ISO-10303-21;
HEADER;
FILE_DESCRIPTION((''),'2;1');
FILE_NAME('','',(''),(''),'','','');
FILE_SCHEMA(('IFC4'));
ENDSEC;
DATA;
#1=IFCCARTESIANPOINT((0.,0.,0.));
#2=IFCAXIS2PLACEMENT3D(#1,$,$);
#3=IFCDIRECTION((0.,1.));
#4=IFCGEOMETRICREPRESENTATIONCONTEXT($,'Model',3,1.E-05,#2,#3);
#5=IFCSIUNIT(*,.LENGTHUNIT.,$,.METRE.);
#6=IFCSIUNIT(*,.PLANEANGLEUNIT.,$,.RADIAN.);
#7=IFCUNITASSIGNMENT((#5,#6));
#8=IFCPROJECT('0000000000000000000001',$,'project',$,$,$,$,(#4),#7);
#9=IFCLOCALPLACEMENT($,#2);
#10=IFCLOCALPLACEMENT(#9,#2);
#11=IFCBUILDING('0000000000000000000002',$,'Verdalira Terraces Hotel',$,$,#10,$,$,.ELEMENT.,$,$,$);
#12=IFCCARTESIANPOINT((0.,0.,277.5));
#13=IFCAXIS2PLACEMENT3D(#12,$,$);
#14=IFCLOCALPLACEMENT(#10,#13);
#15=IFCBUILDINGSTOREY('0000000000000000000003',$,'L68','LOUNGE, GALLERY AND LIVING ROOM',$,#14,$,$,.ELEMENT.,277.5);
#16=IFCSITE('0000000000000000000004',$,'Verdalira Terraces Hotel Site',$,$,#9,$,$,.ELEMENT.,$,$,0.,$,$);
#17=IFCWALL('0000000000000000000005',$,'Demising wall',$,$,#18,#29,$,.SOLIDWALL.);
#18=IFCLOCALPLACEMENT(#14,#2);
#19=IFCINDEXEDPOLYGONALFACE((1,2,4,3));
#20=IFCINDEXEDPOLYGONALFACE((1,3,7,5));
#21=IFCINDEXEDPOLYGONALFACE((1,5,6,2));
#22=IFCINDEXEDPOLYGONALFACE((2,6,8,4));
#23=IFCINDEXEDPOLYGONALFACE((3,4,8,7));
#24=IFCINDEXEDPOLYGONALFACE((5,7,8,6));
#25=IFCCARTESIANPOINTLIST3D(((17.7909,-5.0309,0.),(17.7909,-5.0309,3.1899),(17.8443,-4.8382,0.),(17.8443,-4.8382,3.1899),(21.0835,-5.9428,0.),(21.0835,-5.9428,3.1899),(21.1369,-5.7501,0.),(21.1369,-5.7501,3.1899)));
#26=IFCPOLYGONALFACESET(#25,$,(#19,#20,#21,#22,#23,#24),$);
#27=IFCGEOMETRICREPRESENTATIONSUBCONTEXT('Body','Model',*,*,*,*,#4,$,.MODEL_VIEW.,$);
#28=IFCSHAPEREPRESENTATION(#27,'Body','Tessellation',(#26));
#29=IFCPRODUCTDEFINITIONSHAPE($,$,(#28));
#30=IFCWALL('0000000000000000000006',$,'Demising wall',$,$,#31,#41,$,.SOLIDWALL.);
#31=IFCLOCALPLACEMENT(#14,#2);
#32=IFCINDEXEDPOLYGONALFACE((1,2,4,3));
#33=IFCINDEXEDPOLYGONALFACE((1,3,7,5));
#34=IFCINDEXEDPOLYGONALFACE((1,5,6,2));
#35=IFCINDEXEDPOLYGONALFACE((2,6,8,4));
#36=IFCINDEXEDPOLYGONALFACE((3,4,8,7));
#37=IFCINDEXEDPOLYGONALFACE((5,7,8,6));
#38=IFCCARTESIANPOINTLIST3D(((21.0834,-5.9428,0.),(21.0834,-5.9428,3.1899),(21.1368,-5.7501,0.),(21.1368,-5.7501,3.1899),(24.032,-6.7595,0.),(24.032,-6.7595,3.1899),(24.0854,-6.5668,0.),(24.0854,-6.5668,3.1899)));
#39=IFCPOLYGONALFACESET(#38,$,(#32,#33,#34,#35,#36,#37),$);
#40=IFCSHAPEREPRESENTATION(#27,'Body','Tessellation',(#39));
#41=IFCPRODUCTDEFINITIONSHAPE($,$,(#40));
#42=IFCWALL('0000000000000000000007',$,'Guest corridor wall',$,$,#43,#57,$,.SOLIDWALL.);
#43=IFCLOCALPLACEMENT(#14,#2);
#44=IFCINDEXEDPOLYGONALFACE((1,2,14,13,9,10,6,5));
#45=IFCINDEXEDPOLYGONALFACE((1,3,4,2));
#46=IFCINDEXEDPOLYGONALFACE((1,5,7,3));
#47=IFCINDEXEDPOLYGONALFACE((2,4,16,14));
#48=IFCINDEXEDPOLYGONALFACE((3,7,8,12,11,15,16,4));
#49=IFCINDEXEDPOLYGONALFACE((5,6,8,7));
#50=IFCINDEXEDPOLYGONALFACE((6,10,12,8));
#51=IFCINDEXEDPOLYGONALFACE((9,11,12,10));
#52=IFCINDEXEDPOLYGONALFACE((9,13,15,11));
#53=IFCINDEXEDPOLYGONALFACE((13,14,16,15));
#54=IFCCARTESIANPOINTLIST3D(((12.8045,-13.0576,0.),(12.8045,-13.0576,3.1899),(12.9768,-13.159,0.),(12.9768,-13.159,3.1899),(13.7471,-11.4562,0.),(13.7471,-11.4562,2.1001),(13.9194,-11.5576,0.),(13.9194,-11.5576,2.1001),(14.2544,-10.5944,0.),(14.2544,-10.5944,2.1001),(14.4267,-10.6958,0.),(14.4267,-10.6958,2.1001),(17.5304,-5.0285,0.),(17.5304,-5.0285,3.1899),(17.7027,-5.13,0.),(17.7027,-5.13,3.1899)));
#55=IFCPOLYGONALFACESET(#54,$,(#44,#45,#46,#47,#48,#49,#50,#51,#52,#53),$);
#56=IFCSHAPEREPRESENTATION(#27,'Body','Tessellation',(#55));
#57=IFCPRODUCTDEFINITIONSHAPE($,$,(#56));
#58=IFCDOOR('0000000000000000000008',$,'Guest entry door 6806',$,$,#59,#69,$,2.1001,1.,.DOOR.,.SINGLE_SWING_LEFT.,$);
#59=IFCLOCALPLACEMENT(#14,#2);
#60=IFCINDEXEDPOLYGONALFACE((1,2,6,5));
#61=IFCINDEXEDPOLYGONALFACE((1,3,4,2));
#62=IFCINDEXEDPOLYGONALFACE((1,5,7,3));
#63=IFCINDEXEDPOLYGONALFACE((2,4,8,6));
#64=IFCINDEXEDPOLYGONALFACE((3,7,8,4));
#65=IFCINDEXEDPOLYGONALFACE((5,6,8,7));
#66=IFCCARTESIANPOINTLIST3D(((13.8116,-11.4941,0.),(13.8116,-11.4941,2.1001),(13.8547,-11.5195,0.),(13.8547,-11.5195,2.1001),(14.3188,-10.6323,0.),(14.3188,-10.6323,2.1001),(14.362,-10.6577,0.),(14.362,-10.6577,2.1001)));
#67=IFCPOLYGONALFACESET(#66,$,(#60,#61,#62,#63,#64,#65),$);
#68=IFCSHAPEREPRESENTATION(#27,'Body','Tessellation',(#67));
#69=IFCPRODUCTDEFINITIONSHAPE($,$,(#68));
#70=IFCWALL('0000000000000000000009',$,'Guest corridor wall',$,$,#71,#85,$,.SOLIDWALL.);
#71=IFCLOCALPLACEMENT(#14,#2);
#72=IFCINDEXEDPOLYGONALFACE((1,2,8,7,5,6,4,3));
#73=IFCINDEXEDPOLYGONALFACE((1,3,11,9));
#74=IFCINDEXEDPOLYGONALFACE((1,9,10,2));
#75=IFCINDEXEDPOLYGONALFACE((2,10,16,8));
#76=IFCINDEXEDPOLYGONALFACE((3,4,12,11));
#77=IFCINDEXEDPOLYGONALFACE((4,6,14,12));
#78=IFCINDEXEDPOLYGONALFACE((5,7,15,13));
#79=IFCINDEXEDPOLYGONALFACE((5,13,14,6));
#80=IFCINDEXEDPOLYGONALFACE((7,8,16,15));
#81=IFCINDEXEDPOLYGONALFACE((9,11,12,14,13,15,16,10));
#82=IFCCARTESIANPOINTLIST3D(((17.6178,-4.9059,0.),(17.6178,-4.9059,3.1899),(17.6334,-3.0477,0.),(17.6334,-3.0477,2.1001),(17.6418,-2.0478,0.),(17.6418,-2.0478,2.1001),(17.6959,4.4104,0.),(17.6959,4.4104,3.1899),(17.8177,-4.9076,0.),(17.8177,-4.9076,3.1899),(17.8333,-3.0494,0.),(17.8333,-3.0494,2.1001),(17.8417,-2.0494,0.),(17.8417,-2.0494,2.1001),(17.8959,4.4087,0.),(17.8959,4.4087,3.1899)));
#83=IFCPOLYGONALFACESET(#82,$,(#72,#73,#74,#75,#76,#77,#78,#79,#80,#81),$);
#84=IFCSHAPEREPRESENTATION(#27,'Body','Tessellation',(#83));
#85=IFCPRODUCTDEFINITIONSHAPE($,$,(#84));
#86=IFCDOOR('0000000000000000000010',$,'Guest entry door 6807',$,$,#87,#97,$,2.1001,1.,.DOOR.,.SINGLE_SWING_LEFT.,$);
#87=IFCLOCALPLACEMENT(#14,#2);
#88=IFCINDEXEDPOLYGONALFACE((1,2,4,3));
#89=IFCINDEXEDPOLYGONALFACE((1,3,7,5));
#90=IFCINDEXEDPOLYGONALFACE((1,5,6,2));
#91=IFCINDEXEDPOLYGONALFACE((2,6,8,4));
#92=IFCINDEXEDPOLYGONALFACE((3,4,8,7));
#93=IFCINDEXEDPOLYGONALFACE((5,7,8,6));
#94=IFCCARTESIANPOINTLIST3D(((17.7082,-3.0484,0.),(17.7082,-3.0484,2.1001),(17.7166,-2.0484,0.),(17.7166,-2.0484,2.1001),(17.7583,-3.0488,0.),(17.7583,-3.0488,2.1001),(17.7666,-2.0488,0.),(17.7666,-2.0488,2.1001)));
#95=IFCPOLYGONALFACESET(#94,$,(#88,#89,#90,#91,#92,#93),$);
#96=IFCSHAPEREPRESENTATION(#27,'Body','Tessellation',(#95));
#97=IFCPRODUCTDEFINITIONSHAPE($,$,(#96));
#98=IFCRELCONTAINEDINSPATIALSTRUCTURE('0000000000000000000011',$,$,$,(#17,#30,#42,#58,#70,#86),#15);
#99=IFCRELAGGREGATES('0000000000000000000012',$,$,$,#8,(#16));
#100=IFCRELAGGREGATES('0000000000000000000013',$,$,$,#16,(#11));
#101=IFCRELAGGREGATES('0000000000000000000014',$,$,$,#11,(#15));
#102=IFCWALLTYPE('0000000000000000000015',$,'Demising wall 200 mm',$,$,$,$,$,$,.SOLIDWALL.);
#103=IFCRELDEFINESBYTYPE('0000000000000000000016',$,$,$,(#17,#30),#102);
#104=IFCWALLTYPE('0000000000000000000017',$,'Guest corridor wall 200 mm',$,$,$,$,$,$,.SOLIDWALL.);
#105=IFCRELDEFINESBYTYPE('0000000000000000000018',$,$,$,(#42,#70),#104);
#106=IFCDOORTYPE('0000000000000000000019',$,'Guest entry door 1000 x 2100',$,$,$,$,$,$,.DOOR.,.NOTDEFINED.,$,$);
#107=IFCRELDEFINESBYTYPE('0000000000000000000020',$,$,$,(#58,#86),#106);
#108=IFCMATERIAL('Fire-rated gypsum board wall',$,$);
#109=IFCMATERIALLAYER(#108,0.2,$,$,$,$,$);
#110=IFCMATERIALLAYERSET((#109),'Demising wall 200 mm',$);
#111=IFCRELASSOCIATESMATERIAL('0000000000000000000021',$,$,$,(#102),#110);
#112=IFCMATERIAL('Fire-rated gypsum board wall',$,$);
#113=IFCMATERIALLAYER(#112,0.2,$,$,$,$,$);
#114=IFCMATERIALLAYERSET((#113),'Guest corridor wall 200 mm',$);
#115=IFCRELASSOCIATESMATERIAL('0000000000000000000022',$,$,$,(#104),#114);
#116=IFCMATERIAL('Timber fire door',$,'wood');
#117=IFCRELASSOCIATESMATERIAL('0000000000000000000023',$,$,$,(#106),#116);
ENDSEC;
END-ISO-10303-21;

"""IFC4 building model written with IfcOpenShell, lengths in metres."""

from ifc_helpers import new_model, si_unit, direction, frame, frame_2d, origin, place, context, subcontext, project, spatial, rectangle, extrude, material, layer, layer_set, type_object, element, fill, save


model = new_model("IFC4")

# Units and contexts
model_context = context("Model", 3, precision=1e-05, world=origin(), true_north=direction((0.0, 1.0)))
body_context = subcontext(model_context, "Body", "Model", "MODEL_VIEW")
ifc_project = project(units=[si_unit("LENGTHUNIT", "METRE"), si_unit("PLANEANGLEUNIT", "RADIAN")], contexts=[model_context])

# Site, building, storey
site_placement = place(None, origin())
site = spatial("IfcSite", under=ifc_project, at=site_placement, Name="Verdalira Terraces Hotel Site", CompositionType="ELEMENT", RefElevation=0.0)
building_placement = place(site_placement, origin())
building = spatial("IfcBuilding", under=site, at=building_placement, Name="Verdalira Terraces Hotel", CompositionType="ELEMENT")
storey_placement = place(building_placement, frame((0.0, 0.0, 277.5)))
storey = spatial("IfcBuildingStorey", under=building, at=storey_placement, Name="L68", Description="LOUNGE, GALLERY AND LIVING ROOM", CompositionType="ELEMENT", Elevation=277.5)

# Walls
ifc_material_1 = material(Name="Fire-rated gypsum board wall")
ifc_layer_1 = layer(ifc_material_1, 0.2)
ifc_layer_set_1 = layer_set([ifc_layer_1], Name="Demising wall 200 mm")
wall_type_1 = type_object("IfcWallType", Name="Demising wall 200 mm", PredefinedType="SOLIDWALL", material=ifc_layer_set_1)
wall_1_placement = place(storey_placement, frame((17.8176, -4.9346, 0.0), z_axis=(0.0, 0.0, 1.0), x_axis=(0.963722, -0.266907, 0.0)))
element("IfcWall", 1, at=wall_1_placement, inside=storey, type_object=wall_type_1, Name="Demising wall", PredefinedType="SOLIDWALL", context=body_context, shape_type="SweptSolid", body=[
    extrude(rectangle(XDim=3.4165, YDim=0.2, at=frame_2d((1.7083, 0.0))), origin(), (0.0, 0.0, 1.0), 3.1899),
])
wall_2_placement = place(storey_placement, frame((21.1101, -5.8464, 0.0), z_axis=(0.0, 0.0, 1.0), x_axis=(0.963718, -0.266924, 0.0)))
element("IfcWall", 2, at=wall_2_placement, inside=storey, type_object=wall_type_1, Name="Demising wall", PredefinedType="SOLIDWALL", context=body_context, shape_type="SweptSolid", body=[
    extrude(rectangle(XDim=3.0596, YDim=0.2, at=frame_2d((1.5298, 0.0))), origin(), (0.0, 0.0, 1.0), 3.1899),
])

# Walls, openings, doors
ifc_material_2 = material(Name="Fire-rated gypsum board wall")
ifc_layer_2 = layer(ifc_material_2, 0.2)
ifc_layer_set_2 = layer_set([ifc_layer_2], Name="Guest corridor wall 200 mm")
wall_type_2 = type_object("IfcWallType", Name="Guest corridor wall 200 mm", PredefinedType="SOLIDWALL", material=ifc_layer_set_2)
wall_3_placement = place(storey_placement, frame((17.6165, -5.0793, 0.0), z_axis=(0.0, 0.0, 1.0), x_axis=(-0.507248, -0.8618, 0.0)))
wall_3 = element("IfcWall", 3, at=wall_3_placement, inside=storey, type_object=wall_type_2, Name="Guest corridor wall", PredefinedType="SOLIDWALL", context=body_context, shape_type="SweptSolid", body=[
    extrude(rectangle(XDim=9.3166, YDim=0.2, at=frame_2d((4.6582, 0.0))), origin(), (0.0, 0.0, 1.0), 3.1899),
])
opening_1_placement = place(wall_3_placement, frame((6.4583, 0.0, 0.0)))
opening_1 = element("IfcOpeningElement", 4, at=opening_1_placement, cuts=wall_3, PredefinedType="OPENING", context=body_context, shape_type="SweptSolid", body=[
    extrude(rectangle(XDim=1.0, YDim=2.1001, at=frame_2d((0.5, 1.05))), frame((0.0, 0.1099, 0.0), z_axis=(0.0, -1.0, 0.0), x_axis=(1.0, 0.0, 0.0)), (0.0, 0.0, 1.0), 0.22),
])
ifc_material_3 = material(Name="Timber fire door", Category="wood")
door_type_1 = type_object("IfcDoorType", Name="Guest entry door 1000 x 2100", OperationType="NOTDEFINED", PredefinedType="DOOR", material=ifc_material_3)
door_1_placement = place(opening_1_placement, origin())
door_1 = element("IfcDoor", 5, at=door_1_placement, inside=storey, type_object=door_type_1, Name="Guest entry door 6806", OperationType="SINGLE_SWING_LEFT", OverallHeight=2.1001, OverallWidth=1.0, PredefinedType="DOOR", context=body_context, shape_type="SweptSolid", body=[
    extrude(rectangle(XDim=1.0, YDim=2.1001, at=frame_2d((0.5, 1.05))), frame((0.0, 0.0249, 0.0), z_axis=(0.0, -1.0, 0.0), x_axis=(1.0, 0.0, 0.0)), (0.0, 0.0, 1.0), 0.05),
])
fill(opening_1, door_1)
wall_4_placement = place(storey_placement, frame((17.7959, 4.4094, 0.0), z_axis=(0.0, 0.0, 1.0), x_axis=(-0.008385, -0.999965, 0.0)))
wall_4 = element("IfcWall", 6, at=wall_4_placement, inside=storey, type_object=wall_type_2, Name="Guest corridor wall", PredefinedType="SOLIDWALL", context=body_context, shape_type="SweptSolid", body=[
    extrude(rectangle(XDim=9.3166, YDim=0.2, at=frame_2d((4.6582, 0.0))), origin(), (0.0, 0.0, 1.0), 3.1899),
])
opening_2_placement = place(wall_4_placement, frame((6.4583, 0.0, 0.0)))
opening_2 = element("IfcOpeningElement", 7, at=opening_2_placement, cuts=wall_4, PredefinedType="OPENING", context=body_context, shape_type="SweptSolid", body=[
    extrude(rectangle(XDim=1.0, YDim=2.1001, at=frame_2d((0.5, 1.05))), frame((0.0, 0.1099, 0.0), z_axis=(0.0, -1.0, 0.0), x_axis=(1.0, 0.0, 0.0)), (0.0, 0.0, 1.0), 0.22),
])
door_2_placement = place(opening_2_placement, origin())
door_2 = element("IfcDoor", 8, at=door_2_placement, inside=storey, type_object=door_type_1, Name="Guest entry door 6807", OperationType="SINGLE_SWING_LEFT", OverallHeight=2.1001, OverallWidth=1.0, PredefinedType="DOOR", context=body_context, shape_type="SweptSolid", body=[
    extrude(rectangle(XDim=1.0, YDim=2.1001, at=frame_2d((0.5, 1.05))), frame((0.0, 0.0249, 0.0), z_axis=(0.0, -1.0, 0.0), x_axis=(1.0, 0.0, 0.0)), (0.0, 0.0, 1.0), 0.05),
])
fill(opening_2, door_2)

save(model, "model.ifc")
